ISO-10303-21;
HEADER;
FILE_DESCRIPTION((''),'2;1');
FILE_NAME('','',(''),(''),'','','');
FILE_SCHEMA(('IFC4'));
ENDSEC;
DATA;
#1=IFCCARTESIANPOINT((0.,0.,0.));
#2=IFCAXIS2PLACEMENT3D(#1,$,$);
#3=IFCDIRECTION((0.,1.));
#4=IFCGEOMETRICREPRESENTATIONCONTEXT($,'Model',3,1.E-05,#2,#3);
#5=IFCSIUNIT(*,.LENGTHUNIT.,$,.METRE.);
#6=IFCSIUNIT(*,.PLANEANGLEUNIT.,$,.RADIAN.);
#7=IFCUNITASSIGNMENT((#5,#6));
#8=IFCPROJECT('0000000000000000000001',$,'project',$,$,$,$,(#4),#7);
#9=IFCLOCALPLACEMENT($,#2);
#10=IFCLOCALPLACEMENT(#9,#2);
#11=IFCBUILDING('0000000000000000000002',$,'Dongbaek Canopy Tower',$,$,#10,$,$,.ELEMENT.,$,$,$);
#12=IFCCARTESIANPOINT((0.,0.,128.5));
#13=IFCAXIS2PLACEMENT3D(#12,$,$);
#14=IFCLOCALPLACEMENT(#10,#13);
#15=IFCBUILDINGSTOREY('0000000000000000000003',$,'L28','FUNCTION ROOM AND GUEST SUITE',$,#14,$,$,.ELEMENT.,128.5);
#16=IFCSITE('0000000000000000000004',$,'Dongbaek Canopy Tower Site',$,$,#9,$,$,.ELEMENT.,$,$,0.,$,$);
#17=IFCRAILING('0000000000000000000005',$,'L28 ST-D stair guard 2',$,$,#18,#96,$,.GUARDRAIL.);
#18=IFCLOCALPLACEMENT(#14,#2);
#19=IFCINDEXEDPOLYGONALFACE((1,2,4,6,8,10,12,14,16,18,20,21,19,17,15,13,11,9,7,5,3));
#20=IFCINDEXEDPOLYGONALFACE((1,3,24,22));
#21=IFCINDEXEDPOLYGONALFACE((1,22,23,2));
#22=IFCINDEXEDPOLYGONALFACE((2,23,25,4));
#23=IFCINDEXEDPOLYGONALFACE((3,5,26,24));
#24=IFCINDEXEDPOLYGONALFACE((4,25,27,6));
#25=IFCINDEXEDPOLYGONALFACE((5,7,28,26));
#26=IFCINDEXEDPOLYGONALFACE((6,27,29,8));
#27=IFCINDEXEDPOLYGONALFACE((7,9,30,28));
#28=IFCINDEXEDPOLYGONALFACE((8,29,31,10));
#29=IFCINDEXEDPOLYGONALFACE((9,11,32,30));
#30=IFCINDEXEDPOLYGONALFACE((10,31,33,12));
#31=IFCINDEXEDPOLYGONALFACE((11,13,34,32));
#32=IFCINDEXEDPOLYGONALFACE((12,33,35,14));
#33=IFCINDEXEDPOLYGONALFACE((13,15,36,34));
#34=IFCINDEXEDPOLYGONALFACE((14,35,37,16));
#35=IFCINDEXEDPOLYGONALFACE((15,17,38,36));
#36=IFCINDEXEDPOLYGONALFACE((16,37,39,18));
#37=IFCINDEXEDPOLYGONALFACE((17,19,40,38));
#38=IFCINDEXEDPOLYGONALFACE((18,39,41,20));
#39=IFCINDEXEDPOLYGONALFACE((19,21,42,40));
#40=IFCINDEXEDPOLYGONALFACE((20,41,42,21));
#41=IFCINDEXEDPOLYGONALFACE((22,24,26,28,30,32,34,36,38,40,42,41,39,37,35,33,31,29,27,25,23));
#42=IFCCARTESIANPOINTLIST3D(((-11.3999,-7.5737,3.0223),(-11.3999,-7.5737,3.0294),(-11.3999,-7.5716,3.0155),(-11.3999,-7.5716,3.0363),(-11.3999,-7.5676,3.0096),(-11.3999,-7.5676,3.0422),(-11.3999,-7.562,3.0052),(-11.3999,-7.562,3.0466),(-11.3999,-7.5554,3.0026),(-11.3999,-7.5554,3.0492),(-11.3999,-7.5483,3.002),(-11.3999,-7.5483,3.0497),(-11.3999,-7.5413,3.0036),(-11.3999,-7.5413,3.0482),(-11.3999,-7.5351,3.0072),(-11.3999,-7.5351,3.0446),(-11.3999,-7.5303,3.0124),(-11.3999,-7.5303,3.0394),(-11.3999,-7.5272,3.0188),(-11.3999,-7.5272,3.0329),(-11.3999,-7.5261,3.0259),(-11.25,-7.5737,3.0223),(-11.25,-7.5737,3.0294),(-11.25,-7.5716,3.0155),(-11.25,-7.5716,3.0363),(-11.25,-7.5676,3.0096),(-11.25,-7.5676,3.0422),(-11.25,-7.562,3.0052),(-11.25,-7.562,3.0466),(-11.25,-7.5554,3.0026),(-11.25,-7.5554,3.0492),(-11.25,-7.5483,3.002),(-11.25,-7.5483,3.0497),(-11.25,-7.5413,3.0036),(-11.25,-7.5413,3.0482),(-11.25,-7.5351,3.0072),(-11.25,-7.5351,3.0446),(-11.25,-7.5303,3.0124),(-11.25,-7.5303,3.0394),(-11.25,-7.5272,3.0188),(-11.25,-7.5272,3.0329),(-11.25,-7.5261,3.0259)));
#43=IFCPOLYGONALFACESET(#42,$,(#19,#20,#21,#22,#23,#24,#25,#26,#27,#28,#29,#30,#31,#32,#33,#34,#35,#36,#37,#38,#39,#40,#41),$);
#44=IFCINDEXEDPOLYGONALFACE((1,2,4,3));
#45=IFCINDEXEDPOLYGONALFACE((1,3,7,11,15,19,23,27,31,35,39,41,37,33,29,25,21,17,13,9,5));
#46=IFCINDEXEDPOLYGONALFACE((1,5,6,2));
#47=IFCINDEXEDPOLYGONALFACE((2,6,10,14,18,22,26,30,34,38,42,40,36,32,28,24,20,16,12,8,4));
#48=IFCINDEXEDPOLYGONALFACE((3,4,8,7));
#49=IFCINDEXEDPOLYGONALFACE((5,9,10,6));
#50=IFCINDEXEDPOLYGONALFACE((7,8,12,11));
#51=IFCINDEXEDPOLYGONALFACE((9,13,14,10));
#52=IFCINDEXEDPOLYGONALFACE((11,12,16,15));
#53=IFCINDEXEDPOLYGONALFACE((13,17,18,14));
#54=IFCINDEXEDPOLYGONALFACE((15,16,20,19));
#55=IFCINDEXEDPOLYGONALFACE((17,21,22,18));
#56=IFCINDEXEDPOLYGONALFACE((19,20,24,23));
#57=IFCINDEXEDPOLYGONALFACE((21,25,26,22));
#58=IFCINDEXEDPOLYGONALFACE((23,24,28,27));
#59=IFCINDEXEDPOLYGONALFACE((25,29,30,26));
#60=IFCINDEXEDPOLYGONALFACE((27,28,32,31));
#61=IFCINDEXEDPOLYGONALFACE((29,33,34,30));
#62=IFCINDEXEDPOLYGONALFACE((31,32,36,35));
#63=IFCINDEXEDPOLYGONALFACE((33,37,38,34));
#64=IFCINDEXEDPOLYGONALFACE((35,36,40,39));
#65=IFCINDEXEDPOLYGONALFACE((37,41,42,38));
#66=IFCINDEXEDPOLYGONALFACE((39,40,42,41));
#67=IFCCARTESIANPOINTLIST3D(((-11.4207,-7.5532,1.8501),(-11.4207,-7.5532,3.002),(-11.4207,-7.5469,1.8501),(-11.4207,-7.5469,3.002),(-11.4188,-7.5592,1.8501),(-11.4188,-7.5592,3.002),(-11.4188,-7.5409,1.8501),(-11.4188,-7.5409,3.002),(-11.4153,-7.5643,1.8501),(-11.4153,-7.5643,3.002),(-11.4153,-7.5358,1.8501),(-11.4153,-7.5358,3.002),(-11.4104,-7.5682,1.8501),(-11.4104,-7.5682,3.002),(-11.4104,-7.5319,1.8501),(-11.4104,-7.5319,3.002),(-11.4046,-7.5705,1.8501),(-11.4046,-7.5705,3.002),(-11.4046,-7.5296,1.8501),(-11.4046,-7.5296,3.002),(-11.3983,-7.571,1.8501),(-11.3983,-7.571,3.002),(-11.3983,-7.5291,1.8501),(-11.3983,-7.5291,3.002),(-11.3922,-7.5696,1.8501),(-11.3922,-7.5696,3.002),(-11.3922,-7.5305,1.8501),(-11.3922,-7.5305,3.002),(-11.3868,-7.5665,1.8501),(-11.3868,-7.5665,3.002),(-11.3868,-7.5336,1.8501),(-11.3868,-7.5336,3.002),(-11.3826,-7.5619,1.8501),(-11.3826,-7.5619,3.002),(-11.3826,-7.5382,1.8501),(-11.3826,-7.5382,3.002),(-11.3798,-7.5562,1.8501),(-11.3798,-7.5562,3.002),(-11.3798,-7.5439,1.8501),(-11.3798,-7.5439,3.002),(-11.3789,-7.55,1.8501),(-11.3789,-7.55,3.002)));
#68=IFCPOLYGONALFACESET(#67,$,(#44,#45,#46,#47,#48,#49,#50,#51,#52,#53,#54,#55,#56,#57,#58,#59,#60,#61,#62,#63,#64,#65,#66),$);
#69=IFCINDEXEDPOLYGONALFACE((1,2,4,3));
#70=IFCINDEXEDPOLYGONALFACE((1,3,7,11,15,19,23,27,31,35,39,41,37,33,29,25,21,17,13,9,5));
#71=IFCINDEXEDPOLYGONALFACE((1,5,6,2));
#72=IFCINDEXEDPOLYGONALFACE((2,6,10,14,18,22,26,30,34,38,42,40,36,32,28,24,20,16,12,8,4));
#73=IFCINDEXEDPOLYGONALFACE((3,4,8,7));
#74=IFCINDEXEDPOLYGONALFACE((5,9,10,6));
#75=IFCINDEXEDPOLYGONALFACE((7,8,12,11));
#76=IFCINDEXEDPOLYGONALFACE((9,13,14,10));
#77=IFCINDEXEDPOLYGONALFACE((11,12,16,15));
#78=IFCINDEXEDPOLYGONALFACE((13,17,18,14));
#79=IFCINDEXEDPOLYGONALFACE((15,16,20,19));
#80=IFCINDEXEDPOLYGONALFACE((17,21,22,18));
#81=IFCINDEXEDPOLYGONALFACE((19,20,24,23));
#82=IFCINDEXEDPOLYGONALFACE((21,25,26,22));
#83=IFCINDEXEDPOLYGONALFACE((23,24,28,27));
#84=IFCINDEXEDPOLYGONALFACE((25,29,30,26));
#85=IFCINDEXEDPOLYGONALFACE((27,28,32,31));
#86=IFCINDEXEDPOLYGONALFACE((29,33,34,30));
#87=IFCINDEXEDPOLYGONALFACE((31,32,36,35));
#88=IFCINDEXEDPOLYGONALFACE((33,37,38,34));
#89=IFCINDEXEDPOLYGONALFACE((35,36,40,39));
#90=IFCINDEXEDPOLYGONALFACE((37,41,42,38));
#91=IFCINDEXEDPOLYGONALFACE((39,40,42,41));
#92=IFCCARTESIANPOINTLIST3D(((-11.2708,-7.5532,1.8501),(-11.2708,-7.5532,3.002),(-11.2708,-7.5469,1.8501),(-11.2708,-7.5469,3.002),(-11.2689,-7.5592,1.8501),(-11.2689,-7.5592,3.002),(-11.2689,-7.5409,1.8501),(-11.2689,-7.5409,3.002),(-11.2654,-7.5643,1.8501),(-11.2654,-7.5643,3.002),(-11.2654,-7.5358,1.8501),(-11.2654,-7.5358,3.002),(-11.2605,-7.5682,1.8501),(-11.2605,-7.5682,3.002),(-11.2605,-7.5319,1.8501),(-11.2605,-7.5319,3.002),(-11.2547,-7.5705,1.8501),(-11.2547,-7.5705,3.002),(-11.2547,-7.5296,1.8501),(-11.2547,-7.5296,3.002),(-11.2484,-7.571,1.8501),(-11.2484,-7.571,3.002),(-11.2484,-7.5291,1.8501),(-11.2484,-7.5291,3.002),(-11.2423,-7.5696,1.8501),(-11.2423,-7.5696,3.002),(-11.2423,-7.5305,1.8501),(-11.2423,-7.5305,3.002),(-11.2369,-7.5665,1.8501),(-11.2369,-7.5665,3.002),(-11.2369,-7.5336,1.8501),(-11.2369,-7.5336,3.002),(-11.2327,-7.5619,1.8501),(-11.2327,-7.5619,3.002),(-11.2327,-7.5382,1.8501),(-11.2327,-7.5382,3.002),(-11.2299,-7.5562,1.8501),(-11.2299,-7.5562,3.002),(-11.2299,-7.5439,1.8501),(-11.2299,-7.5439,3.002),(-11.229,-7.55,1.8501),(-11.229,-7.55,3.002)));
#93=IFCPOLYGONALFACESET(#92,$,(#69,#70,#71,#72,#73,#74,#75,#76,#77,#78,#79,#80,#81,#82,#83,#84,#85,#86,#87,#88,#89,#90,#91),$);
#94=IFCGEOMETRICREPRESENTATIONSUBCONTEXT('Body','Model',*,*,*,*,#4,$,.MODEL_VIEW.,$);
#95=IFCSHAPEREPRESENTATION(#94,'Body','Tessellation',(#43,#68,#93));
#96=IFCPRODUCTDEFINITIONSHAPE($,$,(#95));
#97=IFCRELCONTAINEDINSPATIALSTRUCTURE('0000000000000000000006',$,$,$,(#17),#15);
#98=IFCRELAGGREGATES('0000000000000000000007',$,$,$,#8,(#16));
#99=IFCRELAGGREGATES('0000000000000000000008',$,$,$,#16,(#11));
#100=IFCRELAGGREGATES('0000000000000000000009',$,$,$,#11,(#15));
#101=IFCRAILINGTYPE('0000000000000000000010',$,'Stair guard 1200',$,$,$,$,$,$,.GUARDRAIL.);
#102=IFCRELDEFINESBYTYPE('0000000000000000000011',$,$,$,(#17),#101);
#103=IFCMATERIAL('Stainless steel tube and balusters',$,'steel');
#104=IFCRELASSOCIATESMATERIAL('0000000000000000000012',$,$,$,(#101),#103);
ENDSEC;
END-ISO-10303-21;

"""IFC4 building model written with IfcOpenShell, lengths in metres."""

from ifc_helpers import new_model, si_unit, direction, frame, origin, origin_2d, place, context, subcontext, project, spatial, circle, extrude, material, type_object, element, save


model = new_model("IFC4")

# Units and contexts
model_context = context("Model", 3, precision=1e-05, world=origin(), true_north=direction((0.0, 1.0)))
body_context = subcontext(model_context, "Body", "Model", "MODEL_VIEW")
ifc_project = project(units=[si_unit("LENGTHUNIT", "METRE"), si_unit("PLANEANGLEUNIT", "RADIAN")], contexts=[model_context])

# Site, building, storey
site_placement = place(None, origin())
site = spatial("IfcSite", under=ifc_project, at=site_placement, Name="Dongbaek Canopy Tower Site", CompositionType="ELEMENT", RefElevation=0.0)
building_placement = place(site_placement, origin())
building = spatial("IfcBuilding", under=site, at=building_placement, Name="Dongbaek Canopy Tower", CompositionType="ELEMENT")
storey_placement = place(building_placement, frame((0.0, 0.0, 128.5)))
storey = spatial("IfcBuildingStorey", under=building, at=storey_placement, Name="L28", Description="FUNCTION ROOM AND GUEST SUITE", CompositionType="ELEMENT", Elevation=128.5)

# Railing
ifc_material_1 = material(Name="Stainless steel tube and balusters", Category="steel")
railing_type_1 = type_object("IfcRailingType", Name="Stair guard 1200", PredefinedType="GUARDRAIL", material=ifc_material_1)
railing_1_placement = place(storey_placement, frame((-11.3999, -7.55, 1.8501)))
element("IfcRailing", 1, at=railing_1_placement, inside=storey, type_object=railing_type_1, Name="L28 ST-D stair guard 2", PredefinedType="GUARDRAIL", context=body_context, shape_type="SweptSolid", body=[
    extrude(circle(Radius=0.0239, at=origin_2d()), frame((0.0, 0.0, 1.1758), z_axis=(1.0, 0.0, 0.0), x_axis=(0.0, 1.0, 0.0)), (0.0, 0.0, 1.0), 0.1499),
    extrude(circle(Radius=0.021, at=origin_2d()), origin(), (0.0, 0.0, 1.0), 1.1519),
    extrude(circle(Radius=0.021, at=origin_2d()), frame((0.1499, 0.0, 0.0)), (0.0, 0.0, 1.0), 1.1519),
])

save(model, "model.ifc")
